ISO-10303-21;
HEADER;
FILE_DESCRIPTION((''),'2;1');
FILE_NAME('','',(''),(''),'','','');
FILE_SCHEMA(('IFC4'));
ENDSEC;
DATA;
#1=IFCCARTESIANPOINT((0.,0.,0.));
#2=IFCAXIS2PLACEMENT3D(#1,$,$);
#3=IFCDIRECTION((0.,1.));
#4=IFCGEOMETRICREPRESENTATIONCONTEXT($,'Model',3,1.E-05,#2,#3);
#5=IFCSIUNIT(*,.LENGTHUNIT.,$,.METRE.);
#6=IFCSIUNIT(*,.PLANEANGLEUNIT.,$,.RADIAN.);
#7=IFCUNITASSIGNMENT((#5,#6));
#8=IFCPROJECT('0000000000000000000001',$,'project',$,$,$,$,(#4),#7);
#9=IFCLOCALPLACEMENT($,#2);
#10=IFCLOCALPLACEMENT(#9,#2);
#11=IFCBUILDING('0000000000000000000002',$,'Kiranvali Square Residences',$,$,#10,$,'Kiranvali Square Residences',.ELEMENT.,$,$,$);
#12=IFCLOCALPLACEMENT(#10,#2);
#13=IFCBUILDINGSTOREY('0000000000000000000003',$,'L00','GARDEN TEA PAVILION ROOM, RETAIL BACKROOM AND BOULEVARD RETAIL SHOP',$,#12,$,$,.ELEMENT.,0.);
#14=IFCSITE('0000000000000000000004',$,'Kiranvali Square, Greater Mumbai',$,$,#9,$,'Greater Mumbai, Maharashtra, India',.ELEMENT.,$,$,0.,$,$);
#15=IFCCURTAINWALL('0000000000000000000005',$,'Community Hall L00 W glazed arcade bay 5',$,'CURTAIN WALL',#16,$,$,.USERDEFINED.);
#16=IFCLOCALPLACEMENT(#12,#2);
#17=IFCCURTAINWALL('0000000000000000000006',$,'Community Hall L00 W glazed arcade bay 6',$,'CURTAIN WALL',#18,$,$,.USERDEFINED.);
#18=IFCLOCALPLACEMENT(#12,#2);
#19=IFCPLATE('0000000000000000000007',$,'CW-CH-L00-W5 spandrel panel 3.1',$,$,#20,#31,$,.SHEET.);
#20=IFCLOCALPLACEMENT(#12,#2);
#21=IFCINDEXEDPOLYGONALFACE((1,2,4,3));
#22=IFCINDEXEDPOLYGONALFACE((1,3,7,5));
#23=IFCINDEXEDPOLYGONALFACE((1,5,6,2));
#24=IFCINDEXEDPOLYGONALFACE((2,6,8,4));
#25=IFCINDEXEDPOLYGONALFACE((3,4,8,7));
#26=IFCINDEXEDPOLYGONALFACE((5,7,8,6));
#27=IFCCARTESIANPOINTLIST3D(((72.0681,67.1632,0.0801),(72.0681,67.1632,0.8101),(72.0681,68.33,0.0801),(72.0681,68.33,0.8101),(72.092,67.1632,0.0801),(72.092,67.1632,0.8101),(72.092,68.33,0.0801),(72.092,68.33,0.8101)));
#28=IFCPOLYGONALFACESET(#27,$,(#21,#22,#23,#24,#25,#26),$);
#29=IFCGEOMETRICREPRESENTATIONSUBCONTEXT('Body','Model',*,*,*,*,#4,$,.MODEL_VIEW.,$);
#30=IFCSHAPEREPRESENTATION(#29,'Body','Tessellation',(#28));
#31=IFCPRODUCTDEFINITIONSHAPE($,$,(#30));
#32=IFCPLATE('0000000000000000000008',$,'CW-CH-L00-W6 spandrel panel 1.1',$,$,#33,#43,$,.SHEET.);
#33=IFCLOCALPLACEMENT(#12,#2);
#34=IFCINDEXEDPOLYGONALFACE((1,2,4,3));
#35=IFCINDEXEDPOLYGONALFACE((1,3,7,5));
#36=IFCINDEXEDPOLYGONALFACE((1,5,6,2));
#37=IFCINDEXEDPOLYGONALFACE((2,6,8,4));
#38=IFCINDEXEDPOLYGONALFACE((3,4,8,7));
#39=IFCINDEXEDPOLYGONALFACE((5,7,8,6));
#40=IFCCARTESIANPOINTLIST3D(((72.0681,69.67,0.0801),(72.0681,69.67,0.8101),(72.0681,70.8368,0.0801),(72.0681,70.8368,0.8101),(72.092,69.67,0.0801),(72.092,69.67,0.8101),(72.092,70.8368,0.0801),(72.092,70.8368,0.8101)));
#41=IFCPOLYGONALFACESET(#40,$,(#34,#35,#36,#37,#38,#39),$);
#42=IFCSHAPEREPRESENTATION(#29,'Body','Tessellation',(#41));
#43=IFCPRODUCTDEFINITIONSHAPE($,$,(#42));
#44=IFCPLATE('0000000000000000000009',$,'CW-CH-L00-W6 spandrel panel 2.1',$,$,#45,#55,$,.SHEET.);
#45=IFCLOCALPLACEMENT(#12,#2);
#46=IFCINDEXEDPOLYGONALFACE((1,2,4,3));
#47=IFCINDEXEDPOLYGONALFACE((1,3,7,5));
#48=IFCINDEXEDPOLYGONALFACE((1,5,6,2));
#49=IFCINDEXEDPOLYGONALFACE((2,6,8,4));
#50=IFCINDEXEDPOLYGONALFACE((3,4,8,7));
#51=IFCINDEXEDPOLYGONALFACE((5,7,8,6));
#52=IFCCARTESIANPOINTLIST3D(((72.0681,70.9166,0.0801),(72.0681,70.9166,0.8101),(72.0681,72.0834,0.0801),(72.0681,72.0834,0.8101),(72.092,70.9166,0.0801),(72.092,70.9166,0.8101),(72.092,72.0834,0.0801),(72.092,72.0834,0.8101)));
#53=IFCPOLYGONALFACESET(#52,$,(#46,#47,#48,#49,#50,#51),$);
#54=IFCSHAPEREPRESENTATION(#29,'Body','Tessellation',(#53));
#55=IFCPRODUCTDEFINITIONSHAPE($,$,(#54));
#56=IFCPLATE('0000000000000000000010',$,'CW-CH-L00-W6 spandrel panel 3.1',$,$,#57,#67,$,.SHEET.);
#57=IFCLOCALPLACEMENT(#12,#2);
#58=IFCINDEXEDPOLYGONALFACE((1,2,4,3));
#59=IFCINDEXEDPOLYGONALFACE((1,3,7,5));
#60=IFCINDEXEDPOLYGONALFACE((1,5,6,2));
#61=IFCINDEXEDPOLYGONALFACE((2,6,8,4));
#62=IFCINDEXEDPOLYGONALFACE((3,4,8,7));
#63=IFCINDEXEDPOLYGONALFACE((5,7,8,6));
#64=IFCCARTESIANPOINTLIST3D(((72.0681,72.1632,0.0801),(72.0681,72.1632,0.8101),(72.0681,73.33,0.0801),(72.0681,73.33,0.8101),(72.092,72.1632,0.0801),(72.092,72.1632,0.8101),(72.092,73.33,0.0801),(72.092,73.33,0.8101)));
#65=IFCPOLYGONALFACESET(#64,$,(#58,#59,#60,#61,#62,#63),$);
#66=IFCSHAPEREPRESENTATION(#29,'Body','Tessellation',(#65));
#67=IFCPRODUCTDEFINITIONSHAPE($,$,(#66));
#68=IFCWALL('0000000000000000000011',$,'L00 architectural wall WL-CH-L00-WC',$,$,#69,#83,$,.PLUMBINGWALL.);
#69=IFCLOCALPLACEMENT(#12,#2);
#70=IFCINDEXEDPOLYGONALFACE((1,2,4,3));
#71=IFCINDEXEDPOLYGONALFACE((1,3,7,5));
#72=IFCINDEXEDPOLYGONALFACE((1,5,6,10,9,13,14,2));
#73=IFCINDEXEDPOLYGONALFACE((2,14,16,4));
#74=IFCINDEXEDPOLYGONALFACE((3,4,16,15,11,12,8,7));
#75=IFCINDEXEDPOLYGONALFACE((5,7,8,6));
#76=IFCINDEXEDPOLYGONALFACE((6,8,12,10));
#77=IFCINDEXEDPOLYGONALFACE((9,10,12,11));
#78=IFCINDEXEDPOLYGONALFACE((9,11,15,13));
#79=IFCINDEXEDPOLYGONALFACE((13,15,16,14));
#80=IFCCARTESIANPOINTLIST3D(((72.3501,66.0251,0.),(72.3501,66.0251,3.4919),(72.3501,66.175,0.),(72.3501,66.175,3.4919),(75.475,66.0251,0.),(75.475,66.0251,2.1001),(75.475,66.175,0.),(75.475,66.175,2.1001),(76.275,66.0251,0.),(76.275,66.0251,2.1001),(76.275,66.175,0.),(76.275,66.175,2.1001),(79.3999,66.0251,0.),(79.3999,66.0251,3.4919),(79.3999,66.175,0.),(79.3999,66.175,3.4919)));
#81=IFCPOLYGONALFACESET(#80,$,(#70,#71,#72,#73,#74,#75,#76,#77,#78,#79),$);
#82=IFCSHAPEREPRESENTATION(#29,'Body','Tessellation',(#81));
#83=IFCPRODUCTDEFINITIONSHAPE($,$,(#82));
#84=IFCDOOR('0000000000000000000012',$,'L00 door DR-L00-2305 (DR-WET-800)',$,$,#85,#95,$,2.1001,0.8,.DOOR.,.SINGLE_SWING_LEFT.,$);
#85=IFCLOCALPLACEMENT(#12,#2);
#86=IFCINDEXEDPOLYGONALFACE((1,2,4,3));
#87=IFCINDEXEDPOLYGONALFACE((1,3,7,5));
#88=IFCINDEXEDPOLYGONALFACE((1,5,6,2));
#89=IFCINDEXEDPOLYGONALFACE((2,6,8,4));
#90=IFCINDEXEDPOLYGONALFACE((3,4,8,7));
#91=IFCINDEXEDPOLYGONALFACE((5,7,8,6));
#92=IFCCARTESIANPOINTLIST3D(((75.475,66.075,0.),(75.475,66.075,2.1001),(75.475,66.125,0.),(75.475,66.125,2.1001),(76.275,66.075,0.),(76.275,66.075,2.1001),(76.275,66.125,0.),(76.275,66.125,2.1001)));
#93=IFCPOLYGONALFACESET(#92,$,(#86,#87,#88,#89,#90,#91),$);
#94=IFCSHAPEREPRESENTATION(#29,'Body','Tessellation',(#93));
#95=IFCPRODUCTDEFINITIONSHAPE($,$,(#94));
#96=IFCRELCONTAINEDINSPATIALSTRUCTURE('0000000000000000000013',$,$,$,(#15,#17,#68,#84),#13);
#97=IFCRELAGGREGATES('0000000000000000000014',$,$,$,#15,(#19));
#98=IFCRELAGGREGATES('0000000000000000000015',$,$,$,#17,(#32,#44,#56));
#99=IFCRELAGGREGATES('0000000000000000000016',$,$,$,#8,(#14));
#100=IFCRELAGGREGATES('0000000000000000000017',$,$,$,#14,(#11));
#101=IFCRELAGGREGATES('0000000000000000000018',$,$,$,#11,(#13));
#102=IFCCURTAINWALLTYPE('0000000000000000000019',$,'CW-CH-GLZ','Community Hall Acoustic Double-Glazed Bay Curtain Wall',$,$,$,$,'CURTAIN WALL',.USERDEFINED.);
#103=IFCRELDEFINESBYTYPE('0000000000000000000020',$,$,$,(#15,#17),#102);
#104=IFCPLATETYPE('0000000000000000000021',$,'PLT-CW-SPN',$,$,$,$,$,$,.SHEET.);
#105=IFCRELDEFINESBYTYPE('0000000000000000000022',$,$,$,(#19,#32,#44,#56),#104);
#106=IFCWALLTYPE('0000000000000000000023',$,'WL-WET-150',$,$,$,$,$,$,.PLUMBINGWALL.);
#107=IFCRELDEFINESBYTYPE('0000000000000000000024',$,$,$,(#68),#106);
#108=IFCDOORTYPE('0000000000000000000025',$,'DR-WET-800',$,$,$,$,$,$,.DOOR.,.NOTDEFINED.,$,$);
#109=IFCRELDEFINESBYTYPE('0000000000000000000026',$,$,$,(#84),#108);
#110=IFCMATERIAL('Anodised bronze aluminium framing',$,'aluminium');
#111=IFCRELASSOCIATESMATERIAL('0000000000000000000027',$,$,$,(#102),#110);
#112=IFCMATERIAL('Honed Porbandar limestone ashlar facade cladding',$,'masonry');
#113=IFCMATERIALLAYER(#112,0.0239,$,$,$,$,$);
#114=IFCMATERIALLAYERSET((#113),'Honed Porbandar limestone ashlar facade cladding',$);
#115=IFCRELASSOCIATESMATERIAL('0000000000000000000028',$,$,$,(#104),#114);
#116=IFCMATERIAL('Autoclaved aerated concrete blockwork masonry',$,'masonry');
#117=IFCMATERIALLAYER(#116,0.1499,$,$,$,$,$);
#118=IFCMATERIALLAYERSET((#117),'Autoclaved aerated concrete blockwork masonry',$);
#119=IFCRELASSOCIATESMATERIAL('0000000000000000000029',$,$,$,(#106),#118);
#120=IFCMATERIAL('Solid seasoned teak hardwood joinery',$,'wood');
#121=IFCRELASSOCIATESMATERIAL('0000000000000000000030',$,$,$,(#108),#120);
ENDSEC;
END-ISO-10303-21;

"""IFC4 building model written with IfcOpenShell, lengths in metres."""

from ifc_helpers import new_model, si_unit, direction, frame, frame_2d, origin, origin_2d, place, context, subcontext, project, spatial, rectangle, extrude, material, layer, layer_set, type_object, element, fill, aggregate, save


model = new_model("IFC4")

# Units and contexts
model_context = context("Model", 3, precision=1e-05, world=origin(), true_north=direction((0.0, 1.0)))
body_context = subcontext(model_context, "Body", "Model", "MODEL_VIEW")
ifc_project = project(units=[si_unit("LENGTHUNIT", "METRE"), si_unit("PLANEANGLEUNIT", "RADIAN")], contexts=[model_context])

# Site, building, storey
site_placement = place(None, origin())
site = spatial("IfcSite", under=ifc_project, at=site_placement, Name="Kiranvali Square, Greater Mumbai", LongName="Greater Mumbai, Maharashtra, India", CompositionType="ELEMENT", RefElevation=0.0)
building_placement = place(site_placement, origin())
building = spatial("IfcBuilding", under=site, at=building_placement, Name="Kiranvali Square Residences", LongName="Kiranvali Square Residences", CompositionType="ELEMENT")
storey_placement = place(building_placement, origin())
storey = spatial("IfcBuildingStorey", under=building, at=storey_placement, Name="L00", Description="GARDEN TEA PAVILION ROOM, RETAIL BACKROOM AND BOULEVARD RETAIL SHOP", CompositionType="ELEMENT", Elevation=0.0)

# Curtain walls
ifc_material_1 = material(Name="Anodised bronze aluminium framing", Category="aluminium")
curtain_wall_type = type_object("IfcCurtainWallType", Name="CW-CH-GLZ", Description="Community Hall Acoustic Double-Glazed Bay Curtain Wall", ElementType="CURTAIN WALL", PredefinedType="USERDEFINED", material=ifc_material_1)
curtain_wall_1_placement = place(storey_placement, origin())
curtain_wall_1 = element("IfcCurtainWall", 1, at=curtain_wall_1_placement, inside=storey, type_object=curtain_wall_type, Name="Community Hall L00 W glazed arcade bay 5", ObjectType="CURTAIN WALL", PredefinedType="USERDEFINED")
curtain_wall_2_placement = place(storey_placement, origin())
curtain_wall_2 = element("IfcCurtainWall", 2, at=curtain_wall_2_placement, inside=storey, type_object=curtain_wall_type, Name="Community Hall L00 W glazed arcade bay 6", ObjectType="CURTAIN WALL", PredefinedType="USERDEFINED")

# Plates
ifc_material_2 = material(Name="Honed Porbandar limestone ashlar facade cladding", Category="masonry")
ifc_layer_1 = layer(ifc_material_2, 0.0239)
ifc_layer_set_1 = layer_set([ifc_layer_1], Name="Honed Porbandar limestone ashlar facade cladding")
plate_type_1 = type_object("IfcPlateType", Name="PLT-CW-SPN", PredefinedType="SHEET", material=ifc_layer_set_1)
plate_1_placement = place(storey_placement, frame((72.0801, 67.7466, 0.0801), z_axis=(0.0, 0.0, 1.0), x_axis=(0.0, 1.0, 0.0)))
plate_1 = element("IfcPlate", 3, at=plate_1_placement, type_object=plate_type_1, Name="CW-CH-L00-W5 spandrel panel 3.1", PredefinedType="SHEET", context=body_context, shape_type="SweptSolid", body=[
    extrude(rectangle(XDim=1.1667, YDim=0.0239, at=origin_2d()), origin(), (0.0, 0.0, 1.0), 0.73),
])
aggregate(curtain_wall_1, [plate_1])
plate_2_placement = place(storey_placement, frame((72.0801, 70.2534, 0.0801), z_axis=(0.0, 0.0, 1.0), x_axis=(0.0, 1.0, 0.0)))
plate_2 = element("IfcPlate", 4, at=plate_2_placement, type_object=plate_type_1, Name="CW-CH-L00-W6 spandrel panel 1.1", PredefinedType="SHEET", context=body_context, shape_type="SweptSolid", body=[
    extrude(rectangle(XDim=1.1667, YDim=0.0239, at=origin_2d()), origin(), (0.0, 0.0, 1.0), 0.73),
])
plate_3_placement = place(storey_placement, frame((72.0801, 71.5, 0.0801), z_axis=(0.0, 0.0, 1.0), x_axis=(0.0, 1.0, 0.0)))
plate_3 = element("IfcPlate", 5, at=plate_3_placement, type_object=plate_type_1, Name="CW-CH-L00-W6 spandrel panel 2.1", PredefinedType="SHEET", context=body_context, shape_type="SweptSolid", body=[
    extrude(rectangle(XDim=1.1667, YDim=0.0239, at=origin_2d()), origin(), (0.0, 0.0, 1.0), 0.73),
])
plate_4_placement = place(storey_placement, frame((72.0801, 72.7466, 0.0801), z_axis=(0.0, 0.0, 1.0), x_axis=(0.0, 1.0, 0.0)))
plate_4 = element("IfcPlate", 6, at=plate_4_placement, type_object=plate_type_1, Name="CW-CH-L00-W6 spandrel panel 3.1", PredefinedType="SHEET", context=body_context, shape_type="SweptSolid", body=[
    extrude(rectangle(XDim=1.1667, YDim=0.0239, at=origin_2d()), origin(), (0.0, 0.0, 1.0), 0.73),
])
aggregate(curtain_wall_2, [plate_2, plate_3, plate_4])

# Wall, opening, door
ifc_material_3 = material(Name="Autoclaved aerated concrete blockwork masonry", Category="masonry")
ifc_layer_2 = layer(ifc_material_3, 0.1499)
ifc_layer_set_2 = layer_set([ifc_layer_2], Name="Autoclaved aerated concrete blockwork masonry")
wall_type = type_object("IfcWallType", Name="WL-WET-150", PredefinedType="PLUMBINGWALL", material=ifc_layer_set_2)
wall_placement = place(storey_placement, frame((72.3501, 66.1001, 0.0), z_axis=(0.0, 0.0, 1.0), x_axis=(1.0, 0.0, 0.0)))
wall = element("IfcWall", 7, at=wall_placement, inside=storey, type_object=wall_type, Name="L00 architectural wall WL-CH-L00-WC", PredefinedType="PLUMBINGWALL", context=body_context, shape_type="SweptSolid", body=[
    extrude(rectangle(XDim=7.0498, YDim=0.1499, at=frame_2d((3.5249, 0.0))), origin(), (0.0, 0.0, 1.0), 3.4919),
])
opening_placement = place(wall_placement, frame((3.125, 0.0, 0.0)))
opening = element("IfcOpeningElement", 8, at=opening_placement, cuts=wall, PredefinedType="OPENING", context=body_context, shape_type="SweptSolid", body=[
    extrude(rectangle(XDim=0.8, YDim=2.1001, at=frame_2d((0.3999, 1.05))), frame((0.0, 0.085, 0.0), z_axis=(0.0, -1.0, 0.0), x_axis=(1.0, 0.0, 0.0)), (0.0, 0.0, 1.0), 0.1699),
])
ifc_material_4 = material(Name="Solid seasoned teak hardwood joinery", Category="wood")
door_type = type_object("IfcDoorType", Name="DR-WET-800", OperationType="NOTDEFINED", PredefinedType="DOOR", material=ifc_material_4)
door_placement = place(opening_placement, origin())
door = element("IfcDoor", 9, at=door_placement, inside=storey, type_object=door_type, Name="L00 door DR-L00-2305 (DR-WET-800)", OperationType="SINGLE_SWING_LEFT", OverallHeight=2.1001, OverallWidth=0.8, PredefinedType="DOOR", context=body_context, shape_type="SweptSolid", body=[
    extrude(rectangle(XDim=0.8, YDim=2.1001, at=frame_2d((0.3999, 1.05))), frame((0.0, 0.0249, 0.0), z_axis=(0.0, -1.0, 0.0), x_axis=(1.0, 0.0, 0.0)), (0.0, 0.0, 1.0), 0.05),
])
fill(opening, door)

save(model, "model.ifc")
